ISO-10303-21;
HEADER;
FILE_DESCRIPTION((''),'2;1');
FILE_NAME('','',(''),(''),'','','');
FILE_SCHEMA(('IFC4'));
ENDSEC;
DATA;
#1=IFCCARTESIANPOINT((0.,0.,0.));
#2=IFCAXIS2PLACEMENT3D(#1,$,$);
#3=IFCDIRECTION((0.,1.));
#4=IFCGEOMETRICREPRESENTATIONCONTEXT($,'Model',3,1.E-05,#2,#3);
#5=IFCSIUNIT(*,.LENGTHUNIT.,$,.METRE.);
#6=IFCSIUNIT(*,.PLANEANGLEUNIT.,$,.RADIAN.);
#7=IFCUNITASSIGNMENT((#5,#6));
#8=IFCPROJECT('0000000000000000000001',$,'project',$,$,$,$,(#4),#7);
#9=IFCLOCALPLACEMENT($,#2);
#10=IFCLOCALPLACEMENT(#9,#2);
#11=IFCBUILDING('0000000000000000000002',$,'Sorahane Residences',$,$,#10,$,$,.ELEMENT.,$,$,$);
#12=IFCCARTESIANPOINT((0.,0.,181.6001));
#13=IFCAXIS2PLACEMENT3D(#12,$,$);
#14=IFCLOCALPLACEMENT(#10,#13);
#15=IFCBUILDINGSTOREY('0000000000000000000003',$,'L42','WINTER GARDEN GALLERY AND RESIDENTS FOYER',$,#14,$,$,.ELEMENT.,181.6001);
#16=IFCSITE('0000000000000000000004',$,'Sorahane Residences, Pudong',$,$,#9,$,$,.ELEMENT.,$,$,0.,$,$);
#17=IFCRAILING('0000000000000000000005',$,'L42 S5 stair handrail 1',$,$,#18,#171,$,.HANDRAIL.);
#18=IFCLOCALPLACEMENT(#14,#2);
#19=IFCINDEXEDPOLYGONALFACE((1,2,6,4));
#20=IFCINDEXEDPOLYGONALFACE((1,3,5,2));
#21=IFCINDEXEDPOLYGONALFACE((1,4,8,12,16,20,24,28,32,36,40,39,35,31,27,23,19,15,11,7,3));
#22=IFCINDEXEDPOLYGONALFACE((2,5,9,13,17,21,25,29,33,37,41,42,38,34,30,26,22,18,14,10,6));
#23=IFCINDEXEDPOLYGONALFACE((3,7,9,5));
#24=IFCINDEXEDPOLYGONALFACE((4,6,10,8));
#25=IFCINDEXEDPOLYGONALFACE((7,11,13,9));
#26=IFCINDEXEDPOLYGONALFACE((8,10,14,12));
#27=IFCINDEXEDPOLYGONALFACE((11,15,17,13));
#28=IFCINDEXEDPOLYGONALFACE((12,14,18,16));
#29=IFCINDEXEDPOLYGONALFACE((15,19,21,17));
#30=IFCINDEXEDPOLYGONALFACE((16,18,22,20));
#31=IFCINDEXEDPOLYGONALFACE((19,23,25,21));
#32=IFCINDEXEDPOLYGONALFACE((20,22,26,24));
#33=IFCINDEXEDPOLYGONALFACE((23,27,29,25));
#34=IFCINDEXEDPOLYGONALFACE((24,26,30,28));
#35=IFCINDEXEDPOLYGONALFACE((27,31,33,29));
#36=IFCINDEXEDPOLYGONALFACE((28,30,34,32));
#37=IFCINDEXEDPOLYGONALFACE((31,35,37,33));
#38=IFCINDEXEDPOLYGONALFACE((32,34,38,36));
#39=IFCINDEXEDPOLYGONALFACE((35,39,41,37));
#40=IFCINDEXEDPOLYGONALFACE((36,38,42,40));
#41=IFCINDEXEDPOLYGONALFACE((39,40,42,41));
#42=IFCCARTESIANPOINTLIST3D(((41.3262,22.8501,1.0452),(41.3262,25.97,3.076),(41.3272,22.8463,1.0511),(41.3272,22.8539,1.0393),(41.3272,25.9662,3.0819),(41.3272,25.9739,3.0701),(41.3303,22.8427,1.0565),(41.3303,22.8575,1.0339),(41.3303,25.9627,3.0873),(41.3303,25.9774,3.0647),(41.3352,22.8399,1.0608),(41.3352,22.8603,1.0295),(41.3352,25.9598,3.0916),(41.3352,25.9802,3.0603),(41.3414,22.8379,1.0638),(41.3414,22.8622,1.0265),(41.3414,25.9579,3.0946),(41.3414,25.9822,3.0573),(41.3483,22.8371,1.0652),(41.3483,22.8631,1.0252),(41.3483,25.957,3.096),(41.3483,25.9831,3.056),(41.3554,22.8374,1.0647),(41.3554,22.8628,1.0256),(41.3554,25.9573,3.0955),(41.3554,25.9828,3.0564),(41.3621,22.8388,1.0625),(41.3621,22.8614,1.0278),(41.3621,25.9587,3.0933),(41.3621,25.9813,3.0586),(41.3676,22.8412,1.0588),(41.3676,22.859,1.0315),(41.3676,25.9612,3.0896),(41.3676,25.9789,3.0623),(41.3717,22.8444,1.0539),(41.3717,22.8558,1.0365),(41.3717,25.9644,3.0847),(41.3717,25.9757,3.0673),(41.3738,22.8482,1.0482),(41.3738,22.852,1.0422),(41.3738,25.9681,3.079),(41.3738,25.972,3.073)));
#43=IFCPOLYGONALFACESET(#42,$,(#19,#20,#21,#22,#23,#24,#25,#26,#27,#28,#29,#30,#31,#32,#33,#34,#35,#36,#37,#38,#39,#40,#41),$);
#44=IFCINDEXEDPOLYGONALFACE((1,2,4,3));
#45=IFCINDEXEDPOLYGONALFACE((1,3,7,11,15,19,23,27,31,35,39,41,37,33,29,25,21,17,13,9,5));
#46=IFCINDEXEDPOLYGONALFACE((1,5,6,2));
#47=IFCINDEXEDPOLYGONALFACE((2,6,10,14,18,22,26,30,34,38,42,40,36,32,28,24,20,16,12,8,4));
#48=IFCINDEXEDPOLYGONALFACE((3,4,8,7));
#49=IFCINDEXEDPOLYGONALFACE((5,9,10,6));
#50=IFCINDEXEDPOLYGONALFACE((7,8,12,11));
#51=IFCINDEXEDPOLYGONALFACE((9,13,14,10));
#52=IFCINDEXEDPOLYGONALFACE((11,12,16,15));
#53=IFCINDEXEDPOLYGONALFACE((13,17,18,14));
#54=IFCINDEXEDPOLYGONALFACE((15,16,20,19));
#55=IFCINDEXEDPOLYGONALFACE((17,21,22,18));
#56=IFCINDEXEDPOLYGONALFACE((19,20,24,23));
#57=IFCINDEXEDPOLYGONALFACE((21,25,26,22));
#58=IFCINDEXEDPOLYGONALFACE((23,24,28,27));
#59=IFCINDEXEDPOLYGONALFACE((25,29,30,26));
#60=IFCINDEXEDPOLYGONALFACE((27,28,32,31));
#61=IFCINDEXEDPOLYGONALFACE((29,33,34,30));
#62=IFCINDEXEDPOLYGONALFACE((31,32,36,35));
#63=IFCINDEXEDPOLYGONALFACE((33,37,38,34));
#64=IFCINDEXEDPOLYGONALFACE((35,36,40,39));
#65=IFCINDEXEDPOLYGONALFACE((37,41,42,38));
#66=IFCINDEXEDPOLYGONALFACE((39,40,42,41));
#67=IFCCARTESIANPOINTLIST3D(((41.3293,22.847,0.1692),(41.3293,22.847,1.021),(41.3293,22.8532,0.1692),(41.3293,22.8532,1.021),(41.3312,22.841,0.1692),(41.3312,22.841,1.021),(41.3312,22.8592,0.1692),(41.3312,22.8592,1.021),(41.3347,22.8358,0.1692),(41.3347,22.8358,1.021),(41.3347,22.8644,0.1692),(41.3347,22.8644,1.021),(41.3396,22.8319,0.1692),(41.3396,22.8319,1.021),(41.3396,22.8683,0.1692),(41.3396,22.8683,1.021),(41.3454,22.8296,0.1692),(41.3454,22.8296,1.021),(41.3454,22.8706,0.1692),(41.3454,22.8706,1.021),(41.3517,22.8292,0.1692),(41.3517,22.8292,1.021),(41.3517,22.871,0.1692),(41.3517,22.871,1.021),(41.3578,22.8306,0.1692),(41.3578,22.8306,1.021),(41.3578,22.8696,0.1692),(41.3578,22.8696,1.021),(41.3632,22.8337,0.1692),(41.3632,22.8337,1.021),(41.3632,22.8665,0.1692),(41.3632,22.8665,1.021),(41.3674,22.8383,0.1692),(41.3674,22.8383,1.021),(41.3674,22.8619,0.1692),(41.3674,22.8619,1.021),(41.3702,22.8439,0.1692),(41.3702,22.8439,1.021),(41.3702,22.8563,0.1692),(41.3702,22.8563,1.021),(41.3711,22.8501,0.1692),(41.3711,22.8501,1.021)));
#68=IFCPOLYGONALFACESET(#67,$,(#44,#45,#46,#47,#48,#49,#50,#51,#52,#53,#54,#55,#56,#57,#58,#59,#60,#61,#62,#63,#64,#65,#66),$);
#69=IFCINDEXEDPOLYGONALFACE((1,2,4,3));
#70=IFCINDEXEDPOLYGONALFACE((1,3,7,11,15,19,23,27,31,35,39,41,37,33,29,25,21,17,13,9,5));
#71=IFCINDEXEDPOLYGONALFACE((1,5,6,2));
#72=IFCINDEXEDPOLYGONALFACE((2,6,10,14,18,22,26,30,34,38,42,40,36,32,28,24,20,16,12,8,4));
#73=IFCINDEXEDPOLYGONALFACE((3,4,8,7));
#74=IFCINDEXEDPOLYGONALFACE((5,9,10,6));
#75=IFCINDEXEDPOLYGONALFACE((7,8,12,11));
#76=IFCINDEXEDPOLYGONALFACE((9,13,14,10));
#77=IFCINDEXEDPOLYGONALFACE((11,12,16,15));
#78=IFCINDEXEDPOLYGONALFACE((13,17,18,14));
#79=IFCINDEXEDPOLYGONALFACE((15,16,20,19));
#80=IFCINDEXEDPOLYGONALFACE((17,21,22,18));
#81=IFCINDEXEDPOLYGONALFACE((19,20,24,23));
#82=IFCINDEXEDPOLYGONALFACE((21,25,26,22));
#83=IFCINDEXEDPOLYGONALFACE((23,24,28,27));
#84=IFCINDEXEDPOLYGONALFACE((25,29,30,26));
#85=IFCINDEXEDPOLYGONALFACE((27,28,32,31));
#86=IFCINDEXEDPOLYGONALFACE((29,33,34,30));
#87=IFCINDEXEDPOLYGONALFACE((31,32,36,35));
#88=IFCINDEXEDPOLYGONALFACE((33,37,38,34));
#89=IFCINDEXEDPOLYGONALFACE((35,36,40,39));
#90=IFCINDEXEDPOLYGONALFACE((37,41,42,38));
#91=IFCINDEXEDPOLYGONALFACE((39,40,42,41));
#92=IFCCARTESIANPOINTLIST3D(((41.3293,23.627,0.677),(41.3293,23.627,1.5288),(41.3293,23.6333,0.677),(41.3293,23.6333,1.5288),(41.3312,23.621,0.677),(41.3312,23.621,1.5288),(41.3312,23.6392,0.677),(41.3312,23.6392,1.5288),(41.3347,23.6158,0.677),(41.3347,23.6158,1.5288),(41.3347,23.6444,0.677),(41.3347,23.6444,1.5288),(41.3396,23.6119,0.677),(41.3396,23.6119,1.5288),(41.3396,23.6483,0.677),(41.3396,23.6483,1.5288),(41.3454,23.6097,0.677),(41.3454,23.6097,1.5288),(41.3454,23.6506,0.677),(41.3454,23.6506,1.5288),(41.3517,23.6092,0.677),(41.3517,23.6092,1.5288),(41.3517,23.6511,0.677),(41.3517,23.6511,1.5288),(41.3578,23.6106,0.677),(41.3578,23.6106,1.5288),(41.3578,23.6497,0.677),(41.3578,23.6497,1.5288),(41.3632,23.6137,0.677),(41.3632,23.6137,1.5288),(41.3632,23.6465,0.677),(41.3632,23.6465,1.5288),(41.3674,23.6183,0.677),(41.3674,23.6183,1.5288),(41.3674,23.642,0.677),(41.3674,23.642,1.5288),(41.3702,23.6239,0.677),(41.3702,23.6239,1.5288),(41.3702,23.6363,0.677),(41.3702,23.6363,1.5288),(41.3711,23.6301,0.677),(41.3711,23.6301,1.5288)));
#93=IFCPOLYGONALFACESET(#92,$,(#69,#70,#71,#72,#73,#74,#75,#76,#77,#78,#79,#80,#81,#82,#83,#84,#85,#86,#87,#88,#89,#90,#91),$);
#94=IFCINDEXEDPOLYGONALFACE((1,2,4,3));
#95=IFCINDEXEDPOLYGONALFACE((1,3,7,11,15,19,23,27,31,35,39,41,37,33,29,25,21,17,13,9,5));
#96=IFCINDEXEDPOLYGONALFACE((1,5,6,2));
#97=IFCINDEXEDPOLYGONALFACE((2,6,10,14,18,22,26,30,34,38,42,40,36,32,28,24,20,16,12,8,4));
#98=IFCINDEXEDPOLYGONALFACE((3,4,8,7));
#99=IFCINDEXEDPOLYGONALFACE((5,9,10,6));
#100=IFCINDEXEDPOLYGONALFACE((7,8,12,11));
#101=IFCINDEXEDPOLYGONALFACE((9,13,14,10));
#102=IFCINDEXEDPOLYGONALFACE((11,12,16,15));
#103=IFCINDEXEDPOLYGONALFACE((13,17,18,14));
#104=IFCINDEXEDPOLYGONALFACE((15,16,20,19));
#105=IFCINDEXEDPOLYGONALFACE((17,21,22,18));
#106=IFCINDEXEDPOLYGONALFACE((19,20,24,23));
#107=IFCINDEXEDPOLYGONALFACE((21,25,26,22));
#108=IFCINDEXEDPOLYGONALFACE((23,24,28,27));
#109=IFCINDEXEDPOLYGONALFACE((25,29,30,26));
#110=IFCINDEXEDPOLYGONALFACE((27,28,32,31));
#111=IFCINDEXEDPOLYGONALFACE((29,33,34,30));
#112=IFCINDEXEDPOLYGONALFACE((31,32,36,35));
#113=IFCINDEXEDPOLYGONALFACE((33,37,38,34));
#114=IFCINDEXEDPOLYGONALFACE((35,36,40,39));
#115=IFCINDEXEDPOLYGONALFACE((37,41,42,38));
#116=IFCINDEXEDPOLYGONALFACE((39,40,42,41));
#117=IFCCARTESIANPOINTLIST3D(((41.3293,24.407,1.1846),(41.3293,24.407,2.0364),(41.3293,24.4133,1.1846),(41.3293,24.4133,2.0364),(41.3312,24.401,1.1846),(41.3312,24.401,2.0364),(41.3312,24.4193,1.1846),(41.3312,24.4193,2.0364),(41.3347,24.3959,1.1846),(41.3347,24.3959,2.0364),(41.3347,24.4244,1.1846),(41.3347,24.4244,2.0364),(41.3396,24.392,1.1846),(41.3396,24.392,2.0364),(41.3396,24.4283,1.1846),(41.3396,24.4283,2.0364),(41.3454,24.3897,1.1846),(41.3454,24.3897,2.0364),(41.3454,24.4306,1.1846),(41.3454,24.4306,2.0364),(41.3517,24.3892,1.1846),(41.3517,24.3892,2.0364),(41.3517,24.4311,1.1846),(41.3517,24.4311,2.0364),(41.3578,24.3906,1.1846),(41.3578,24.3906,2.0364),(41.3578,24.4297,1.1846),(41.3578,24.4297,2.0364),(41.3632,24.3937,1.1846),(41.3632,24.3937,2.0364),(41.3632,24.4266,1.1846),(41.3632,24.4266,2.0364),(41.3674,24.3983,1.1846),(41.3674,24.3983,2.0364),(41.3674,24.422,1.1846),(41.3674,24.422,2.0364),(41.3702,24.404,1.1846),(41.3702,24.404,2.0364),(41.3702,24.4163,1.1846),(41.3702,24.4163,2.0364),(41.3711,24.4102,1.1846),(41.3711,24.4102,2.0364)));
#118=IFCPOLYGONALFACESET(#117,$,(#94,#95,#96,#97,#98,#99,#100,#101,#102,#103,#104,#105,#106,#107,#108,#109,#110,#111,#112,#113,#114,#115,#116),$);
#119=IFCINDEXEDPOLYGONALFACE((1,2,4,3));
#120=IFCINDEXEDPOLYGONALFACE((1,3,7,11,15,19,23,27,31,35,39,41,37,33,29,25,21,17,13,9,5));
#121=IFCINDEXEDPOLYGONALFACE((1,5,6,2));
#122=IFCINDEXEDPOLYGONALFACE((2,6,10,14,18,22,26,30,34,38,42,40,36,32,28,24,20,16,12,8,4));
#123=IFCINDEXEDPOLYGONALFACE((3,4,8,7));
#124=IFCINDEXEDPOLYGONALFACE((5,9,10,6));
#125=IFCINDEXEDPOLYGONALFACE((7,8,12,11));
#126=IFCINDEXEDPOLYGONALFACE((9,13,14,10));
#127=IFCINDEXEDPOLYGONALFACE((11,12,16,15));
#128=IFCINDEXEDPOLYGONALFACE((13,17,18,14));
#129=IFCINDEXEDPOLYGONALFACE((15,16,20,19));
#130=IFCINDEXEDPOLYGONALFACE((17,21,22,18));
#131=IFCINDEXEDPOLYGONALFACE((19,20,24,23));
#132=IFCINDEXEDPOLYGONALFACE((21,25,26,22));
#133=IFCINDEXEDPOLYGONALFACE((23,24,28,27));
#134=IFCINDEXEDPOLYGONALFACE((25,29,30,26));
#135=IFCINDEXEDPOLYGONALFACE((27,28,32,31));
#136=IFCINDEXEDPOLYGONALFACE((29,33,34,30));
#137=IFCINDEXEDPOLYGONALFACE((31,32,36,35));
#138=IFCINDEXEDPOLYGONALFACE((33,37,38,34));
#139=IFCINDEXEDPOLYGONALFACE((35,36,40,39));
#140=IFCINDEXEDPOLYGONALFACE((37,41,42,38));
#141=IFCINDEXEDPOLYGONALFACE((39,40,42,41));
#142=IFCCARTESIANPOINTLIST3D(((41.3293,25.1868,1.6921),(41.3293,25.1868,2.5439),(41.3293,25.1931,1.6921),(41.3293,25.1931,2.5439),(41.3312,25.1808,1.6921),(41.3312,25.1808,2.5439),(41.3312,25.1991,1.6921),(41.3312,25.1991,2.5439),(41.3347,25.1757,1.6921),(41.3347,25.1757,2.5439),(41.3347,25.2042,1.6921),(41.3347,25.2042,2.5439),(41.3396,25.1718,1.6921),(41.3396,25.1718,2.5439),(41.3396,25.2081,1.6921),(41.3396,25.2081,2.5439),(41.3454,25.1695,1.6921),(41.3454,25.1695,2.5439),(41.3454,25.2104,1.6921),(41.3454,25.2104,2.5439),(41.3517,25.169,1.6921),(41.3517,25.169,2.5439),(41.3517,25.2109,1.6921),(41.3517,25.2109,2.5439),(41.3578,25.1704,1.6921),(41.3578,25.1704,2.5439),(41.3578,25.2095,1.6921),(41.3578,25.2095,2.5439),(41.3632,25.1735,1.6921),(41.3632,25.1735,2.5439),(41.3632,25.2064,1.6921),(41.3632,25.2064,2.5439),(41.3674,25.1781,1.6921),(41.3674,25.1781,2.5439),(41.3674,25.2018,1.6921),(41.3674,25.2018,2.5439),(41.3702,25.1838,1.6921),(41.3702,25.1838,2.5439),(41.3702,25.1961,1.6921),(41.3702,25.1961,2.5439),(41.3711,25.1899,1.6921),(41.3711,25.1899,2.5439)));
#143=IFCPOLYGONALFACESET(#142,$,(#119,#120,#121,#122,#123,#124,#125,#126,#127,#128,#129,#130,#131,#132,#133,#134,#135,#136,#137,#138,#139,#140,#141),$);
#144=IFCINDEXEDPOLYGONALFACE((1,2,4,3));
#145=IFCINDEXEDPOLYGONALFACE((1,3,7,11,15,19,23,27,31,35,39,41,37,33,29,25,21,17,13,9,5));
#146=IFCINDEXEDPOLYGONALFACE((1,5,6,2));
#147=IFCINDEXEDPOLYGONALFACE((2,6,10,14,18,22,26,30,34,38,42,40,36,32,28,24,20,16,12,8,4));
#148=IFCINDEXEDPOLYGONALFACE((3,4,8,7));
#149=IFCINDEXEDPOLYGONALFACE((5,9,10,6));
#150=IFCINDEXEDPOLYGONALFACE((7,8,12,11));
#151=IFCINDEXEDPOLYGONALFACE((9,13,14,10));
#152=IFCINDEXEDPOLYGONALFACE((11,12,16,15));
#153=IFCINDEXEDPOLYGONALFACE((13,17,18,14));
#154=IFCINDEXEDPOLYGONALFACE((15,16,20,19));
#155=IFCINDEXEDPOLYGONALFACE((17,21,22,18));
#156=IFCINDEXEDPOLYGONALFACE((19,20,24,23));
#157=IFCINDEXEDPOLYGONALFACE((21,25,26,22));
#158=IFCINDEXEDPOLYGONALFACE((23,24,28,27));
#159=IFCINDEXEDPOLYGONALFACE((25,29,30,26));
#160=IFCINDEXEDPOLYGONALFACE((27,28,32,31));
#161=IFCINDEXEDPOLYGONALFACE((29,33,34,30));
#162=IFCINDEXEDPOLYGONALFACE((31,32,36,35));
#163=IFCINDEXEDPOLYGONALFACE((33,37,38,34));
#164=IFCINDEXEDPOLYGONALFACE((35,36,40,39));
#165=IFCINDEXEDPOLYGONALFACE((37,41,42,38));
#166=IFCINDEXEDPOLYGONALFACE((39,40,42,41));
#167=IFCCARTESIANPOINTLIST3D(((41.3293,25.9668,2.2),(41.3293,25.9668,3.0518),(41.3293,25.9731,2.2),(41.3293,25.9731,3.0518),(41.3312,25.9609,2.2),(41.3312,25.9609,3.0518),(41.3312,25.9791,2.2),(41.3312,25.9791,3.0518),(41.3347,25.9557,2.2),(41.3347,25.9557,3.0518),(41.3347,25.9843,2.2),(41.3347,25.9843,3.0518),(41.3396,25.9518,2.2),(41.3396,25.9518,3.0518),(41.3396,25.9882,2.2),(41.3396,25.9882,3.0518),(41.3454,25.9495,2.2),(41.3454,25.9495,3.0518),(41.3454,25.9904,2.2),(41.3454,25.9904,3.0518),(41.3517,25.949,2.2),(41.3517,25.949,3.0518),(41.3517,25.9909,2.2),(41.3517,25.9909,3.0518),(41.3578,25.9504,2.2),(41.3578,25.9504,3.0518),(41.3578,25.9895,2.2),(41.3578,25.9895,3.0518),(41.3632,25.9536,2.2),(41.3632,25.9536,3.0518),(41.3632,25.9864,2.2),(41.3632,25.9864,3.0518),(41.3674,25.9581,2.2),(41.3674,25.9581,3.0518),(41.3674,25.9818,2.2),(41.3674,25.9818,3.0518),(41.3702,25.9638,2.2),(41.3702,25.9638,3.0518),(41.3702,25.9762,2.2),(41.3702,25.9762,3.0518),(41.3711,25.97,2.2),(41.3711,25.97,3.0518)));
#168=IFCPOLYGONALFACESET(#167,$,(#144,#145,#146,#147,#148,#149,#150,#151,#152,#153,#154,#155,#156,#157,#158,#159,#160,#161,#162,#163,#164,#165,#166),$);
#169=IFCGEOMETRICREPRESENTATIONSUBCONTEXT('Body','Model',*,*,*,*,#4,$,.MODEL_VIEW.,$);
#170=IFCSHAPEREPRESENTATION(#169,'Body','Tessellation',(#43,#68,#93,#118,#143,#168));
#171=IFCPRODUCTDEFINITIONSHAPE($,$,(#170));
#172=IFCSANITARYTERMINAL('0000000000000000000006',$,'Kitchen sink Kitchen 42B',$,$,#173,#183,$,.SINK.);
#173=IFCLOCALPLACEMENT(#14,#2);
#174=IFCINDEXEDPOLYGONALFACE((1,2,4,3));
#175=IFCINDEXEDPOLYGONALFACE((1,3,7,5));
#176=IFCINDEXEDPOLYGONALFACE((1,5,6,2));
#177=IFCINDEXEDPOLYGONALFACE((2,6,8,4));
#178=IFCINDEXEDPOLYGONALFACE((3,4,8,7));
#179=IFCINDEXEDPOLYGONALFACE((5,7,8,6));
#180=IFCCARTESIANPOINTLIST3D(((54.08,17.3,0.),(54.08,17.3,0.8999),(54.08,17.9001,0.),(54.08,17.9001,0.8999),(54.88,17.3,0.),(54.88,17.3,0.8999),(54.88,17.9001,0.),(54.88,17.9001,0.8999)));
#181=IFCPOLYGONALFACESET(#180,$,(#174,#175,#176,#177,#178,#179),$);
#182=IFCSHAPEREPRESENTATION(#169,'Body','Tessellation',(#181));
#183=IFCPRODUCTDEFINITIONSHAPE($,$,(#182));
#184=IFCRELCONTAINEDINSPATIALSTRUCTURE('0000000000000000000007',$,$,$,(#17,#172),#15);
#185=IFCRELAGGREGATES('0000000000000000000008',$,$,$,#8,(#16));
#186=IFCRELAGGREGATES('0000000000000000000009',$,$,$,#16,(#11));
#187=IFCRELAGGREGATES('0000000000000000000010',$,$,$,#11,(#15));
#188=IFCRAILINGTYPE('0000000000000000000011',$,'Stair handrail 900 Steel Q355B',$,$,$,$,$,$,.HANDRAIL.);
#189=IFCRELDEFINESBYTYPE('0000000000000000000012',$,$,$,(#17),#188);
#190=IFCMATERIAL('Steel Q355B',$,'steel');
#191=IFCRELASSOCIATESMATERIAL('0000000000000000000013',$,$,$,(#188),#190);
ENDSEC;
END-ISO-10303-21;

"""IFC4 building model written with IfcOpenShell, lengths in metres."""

from ifc_helpers import new_model, si_unit, direction, frame, origin, origin_2d, place, context, subcontext, project, spatial, rectangle, circle, extrude, material, type_object, element, save


model = new_model("IFC4")

# Units and contexts
model_context = context("Model", 3, precision=1e-05, world=origin(), true_north=direction((0.0, 1.0)))
body_context = subcontext(model_context, "Body", "Model", "MODEL_VIEW")
ifc_project = project(units=[si_unit("LENGTHUNIT", "METRE"), si_unit("PLANEANGLEUNIT", "RADIAN")], contexts=[model_context])

# Site, building, storey
site_placement = place(None, origin())
site = spatial("IfcSite", under=ifc_project, at=site_placement, Name="Sorahane Residences, Pudong", CompositionType="ELEMENT", RefElevation=0.0)
building_placement = place(site_placement, origin())
building = spatial("IfcBuilding", under=site, at=building_placement, Name="Sorahane Residences", CompositionType="ELEMENT")
storey_placement = place(building_placement, frame((0.0, 0.0, 181.6001)))
storey = spatial("IfcBuildingStorey", under=building, at=storey_placement, Name="L42", Description="WINTER GARDEN GALLERY AND RESIDENTS FOYER", CompositionType="ELEMENT", Elevation=181.6001)

# Railing
ifc_material_1 = material(Name="Steel Q355B", Category="steel")
railing_type_1 = type_object("IfcRailingType", Name="Stair handrail 900 Steel Q355B", PredefinedType="HANDRAIL", material=ifc_material_1)
railing_1_placement = place(storey_placement, frame((41.3501, 22.8501, 0.1692)))
element("IfcRailing", 1, at=railing_1_placement, inside=storey, type_object=railing_type_1, Name="L42 S5 stair handrail 1", PredefinedType="HANDRAIL", context=body_context, shape_type="SweptSolid", body=[
    extrude(circle(Radius=0.0239, at=origin_2d()), frame((0.0, 0.0, 0.876), z_axis=(0.0, 0.838094, 0.545525), x_axis=(-1.0, 0.0, 0.0)), (0.0, 0.0, 1.0), 3.7227),
    extrude(circle(Radius=0.021, at=origin_2d()), origin(), (0.0, 0.0, 1.0), 0.8518),
    extrude(circle(Radius=0.021, at=origin_2d()), frame((0.0, 0.78, 0.5078)), (0.0, 0.0, 1.0), 0.8518),
    extrude(circle(Radius=0.021, at=origin_2d()), frame((0.0, 1.5601, 1.0154)), (0.0, 0.0, 1.0), 0.8518),
    extrude(circle(Radius=0.021, at=origin_2d()), frame((0.0, 2.3398, 1.5229)), (0.0, 0.0, 1.0), 0.8518),
    extrude(circle(Radius=0.021, at=origin_2d()), frame((0.0, 3.1199, 2.0308)), (0.0, 0.0, 1.0), 0.8518),
])

# Sanitary terminal
sanitary_terminal_placement = place(storey_placement, frame((54.48, 17.6001, 0.0), z_axis=(0.0, 0.0, 1.0), x_axis=(1.0, 0.0, 0.0)))
element("IfcSanitaryTerminal", 2, at=sanitary_terminal_placement, inside=storey, Name="Kitchen sink Kitchen 42B", PredefinedType="SINK", context=body_context, shape_type="SweptSolid", body=[
    extrude(rectangle(XDim=0.8, YDim=0.6001, at=origin_2d()), origin(), (0.0, 0.0, 1.0), 0.8999),
])

save(model, "model.ifc")
